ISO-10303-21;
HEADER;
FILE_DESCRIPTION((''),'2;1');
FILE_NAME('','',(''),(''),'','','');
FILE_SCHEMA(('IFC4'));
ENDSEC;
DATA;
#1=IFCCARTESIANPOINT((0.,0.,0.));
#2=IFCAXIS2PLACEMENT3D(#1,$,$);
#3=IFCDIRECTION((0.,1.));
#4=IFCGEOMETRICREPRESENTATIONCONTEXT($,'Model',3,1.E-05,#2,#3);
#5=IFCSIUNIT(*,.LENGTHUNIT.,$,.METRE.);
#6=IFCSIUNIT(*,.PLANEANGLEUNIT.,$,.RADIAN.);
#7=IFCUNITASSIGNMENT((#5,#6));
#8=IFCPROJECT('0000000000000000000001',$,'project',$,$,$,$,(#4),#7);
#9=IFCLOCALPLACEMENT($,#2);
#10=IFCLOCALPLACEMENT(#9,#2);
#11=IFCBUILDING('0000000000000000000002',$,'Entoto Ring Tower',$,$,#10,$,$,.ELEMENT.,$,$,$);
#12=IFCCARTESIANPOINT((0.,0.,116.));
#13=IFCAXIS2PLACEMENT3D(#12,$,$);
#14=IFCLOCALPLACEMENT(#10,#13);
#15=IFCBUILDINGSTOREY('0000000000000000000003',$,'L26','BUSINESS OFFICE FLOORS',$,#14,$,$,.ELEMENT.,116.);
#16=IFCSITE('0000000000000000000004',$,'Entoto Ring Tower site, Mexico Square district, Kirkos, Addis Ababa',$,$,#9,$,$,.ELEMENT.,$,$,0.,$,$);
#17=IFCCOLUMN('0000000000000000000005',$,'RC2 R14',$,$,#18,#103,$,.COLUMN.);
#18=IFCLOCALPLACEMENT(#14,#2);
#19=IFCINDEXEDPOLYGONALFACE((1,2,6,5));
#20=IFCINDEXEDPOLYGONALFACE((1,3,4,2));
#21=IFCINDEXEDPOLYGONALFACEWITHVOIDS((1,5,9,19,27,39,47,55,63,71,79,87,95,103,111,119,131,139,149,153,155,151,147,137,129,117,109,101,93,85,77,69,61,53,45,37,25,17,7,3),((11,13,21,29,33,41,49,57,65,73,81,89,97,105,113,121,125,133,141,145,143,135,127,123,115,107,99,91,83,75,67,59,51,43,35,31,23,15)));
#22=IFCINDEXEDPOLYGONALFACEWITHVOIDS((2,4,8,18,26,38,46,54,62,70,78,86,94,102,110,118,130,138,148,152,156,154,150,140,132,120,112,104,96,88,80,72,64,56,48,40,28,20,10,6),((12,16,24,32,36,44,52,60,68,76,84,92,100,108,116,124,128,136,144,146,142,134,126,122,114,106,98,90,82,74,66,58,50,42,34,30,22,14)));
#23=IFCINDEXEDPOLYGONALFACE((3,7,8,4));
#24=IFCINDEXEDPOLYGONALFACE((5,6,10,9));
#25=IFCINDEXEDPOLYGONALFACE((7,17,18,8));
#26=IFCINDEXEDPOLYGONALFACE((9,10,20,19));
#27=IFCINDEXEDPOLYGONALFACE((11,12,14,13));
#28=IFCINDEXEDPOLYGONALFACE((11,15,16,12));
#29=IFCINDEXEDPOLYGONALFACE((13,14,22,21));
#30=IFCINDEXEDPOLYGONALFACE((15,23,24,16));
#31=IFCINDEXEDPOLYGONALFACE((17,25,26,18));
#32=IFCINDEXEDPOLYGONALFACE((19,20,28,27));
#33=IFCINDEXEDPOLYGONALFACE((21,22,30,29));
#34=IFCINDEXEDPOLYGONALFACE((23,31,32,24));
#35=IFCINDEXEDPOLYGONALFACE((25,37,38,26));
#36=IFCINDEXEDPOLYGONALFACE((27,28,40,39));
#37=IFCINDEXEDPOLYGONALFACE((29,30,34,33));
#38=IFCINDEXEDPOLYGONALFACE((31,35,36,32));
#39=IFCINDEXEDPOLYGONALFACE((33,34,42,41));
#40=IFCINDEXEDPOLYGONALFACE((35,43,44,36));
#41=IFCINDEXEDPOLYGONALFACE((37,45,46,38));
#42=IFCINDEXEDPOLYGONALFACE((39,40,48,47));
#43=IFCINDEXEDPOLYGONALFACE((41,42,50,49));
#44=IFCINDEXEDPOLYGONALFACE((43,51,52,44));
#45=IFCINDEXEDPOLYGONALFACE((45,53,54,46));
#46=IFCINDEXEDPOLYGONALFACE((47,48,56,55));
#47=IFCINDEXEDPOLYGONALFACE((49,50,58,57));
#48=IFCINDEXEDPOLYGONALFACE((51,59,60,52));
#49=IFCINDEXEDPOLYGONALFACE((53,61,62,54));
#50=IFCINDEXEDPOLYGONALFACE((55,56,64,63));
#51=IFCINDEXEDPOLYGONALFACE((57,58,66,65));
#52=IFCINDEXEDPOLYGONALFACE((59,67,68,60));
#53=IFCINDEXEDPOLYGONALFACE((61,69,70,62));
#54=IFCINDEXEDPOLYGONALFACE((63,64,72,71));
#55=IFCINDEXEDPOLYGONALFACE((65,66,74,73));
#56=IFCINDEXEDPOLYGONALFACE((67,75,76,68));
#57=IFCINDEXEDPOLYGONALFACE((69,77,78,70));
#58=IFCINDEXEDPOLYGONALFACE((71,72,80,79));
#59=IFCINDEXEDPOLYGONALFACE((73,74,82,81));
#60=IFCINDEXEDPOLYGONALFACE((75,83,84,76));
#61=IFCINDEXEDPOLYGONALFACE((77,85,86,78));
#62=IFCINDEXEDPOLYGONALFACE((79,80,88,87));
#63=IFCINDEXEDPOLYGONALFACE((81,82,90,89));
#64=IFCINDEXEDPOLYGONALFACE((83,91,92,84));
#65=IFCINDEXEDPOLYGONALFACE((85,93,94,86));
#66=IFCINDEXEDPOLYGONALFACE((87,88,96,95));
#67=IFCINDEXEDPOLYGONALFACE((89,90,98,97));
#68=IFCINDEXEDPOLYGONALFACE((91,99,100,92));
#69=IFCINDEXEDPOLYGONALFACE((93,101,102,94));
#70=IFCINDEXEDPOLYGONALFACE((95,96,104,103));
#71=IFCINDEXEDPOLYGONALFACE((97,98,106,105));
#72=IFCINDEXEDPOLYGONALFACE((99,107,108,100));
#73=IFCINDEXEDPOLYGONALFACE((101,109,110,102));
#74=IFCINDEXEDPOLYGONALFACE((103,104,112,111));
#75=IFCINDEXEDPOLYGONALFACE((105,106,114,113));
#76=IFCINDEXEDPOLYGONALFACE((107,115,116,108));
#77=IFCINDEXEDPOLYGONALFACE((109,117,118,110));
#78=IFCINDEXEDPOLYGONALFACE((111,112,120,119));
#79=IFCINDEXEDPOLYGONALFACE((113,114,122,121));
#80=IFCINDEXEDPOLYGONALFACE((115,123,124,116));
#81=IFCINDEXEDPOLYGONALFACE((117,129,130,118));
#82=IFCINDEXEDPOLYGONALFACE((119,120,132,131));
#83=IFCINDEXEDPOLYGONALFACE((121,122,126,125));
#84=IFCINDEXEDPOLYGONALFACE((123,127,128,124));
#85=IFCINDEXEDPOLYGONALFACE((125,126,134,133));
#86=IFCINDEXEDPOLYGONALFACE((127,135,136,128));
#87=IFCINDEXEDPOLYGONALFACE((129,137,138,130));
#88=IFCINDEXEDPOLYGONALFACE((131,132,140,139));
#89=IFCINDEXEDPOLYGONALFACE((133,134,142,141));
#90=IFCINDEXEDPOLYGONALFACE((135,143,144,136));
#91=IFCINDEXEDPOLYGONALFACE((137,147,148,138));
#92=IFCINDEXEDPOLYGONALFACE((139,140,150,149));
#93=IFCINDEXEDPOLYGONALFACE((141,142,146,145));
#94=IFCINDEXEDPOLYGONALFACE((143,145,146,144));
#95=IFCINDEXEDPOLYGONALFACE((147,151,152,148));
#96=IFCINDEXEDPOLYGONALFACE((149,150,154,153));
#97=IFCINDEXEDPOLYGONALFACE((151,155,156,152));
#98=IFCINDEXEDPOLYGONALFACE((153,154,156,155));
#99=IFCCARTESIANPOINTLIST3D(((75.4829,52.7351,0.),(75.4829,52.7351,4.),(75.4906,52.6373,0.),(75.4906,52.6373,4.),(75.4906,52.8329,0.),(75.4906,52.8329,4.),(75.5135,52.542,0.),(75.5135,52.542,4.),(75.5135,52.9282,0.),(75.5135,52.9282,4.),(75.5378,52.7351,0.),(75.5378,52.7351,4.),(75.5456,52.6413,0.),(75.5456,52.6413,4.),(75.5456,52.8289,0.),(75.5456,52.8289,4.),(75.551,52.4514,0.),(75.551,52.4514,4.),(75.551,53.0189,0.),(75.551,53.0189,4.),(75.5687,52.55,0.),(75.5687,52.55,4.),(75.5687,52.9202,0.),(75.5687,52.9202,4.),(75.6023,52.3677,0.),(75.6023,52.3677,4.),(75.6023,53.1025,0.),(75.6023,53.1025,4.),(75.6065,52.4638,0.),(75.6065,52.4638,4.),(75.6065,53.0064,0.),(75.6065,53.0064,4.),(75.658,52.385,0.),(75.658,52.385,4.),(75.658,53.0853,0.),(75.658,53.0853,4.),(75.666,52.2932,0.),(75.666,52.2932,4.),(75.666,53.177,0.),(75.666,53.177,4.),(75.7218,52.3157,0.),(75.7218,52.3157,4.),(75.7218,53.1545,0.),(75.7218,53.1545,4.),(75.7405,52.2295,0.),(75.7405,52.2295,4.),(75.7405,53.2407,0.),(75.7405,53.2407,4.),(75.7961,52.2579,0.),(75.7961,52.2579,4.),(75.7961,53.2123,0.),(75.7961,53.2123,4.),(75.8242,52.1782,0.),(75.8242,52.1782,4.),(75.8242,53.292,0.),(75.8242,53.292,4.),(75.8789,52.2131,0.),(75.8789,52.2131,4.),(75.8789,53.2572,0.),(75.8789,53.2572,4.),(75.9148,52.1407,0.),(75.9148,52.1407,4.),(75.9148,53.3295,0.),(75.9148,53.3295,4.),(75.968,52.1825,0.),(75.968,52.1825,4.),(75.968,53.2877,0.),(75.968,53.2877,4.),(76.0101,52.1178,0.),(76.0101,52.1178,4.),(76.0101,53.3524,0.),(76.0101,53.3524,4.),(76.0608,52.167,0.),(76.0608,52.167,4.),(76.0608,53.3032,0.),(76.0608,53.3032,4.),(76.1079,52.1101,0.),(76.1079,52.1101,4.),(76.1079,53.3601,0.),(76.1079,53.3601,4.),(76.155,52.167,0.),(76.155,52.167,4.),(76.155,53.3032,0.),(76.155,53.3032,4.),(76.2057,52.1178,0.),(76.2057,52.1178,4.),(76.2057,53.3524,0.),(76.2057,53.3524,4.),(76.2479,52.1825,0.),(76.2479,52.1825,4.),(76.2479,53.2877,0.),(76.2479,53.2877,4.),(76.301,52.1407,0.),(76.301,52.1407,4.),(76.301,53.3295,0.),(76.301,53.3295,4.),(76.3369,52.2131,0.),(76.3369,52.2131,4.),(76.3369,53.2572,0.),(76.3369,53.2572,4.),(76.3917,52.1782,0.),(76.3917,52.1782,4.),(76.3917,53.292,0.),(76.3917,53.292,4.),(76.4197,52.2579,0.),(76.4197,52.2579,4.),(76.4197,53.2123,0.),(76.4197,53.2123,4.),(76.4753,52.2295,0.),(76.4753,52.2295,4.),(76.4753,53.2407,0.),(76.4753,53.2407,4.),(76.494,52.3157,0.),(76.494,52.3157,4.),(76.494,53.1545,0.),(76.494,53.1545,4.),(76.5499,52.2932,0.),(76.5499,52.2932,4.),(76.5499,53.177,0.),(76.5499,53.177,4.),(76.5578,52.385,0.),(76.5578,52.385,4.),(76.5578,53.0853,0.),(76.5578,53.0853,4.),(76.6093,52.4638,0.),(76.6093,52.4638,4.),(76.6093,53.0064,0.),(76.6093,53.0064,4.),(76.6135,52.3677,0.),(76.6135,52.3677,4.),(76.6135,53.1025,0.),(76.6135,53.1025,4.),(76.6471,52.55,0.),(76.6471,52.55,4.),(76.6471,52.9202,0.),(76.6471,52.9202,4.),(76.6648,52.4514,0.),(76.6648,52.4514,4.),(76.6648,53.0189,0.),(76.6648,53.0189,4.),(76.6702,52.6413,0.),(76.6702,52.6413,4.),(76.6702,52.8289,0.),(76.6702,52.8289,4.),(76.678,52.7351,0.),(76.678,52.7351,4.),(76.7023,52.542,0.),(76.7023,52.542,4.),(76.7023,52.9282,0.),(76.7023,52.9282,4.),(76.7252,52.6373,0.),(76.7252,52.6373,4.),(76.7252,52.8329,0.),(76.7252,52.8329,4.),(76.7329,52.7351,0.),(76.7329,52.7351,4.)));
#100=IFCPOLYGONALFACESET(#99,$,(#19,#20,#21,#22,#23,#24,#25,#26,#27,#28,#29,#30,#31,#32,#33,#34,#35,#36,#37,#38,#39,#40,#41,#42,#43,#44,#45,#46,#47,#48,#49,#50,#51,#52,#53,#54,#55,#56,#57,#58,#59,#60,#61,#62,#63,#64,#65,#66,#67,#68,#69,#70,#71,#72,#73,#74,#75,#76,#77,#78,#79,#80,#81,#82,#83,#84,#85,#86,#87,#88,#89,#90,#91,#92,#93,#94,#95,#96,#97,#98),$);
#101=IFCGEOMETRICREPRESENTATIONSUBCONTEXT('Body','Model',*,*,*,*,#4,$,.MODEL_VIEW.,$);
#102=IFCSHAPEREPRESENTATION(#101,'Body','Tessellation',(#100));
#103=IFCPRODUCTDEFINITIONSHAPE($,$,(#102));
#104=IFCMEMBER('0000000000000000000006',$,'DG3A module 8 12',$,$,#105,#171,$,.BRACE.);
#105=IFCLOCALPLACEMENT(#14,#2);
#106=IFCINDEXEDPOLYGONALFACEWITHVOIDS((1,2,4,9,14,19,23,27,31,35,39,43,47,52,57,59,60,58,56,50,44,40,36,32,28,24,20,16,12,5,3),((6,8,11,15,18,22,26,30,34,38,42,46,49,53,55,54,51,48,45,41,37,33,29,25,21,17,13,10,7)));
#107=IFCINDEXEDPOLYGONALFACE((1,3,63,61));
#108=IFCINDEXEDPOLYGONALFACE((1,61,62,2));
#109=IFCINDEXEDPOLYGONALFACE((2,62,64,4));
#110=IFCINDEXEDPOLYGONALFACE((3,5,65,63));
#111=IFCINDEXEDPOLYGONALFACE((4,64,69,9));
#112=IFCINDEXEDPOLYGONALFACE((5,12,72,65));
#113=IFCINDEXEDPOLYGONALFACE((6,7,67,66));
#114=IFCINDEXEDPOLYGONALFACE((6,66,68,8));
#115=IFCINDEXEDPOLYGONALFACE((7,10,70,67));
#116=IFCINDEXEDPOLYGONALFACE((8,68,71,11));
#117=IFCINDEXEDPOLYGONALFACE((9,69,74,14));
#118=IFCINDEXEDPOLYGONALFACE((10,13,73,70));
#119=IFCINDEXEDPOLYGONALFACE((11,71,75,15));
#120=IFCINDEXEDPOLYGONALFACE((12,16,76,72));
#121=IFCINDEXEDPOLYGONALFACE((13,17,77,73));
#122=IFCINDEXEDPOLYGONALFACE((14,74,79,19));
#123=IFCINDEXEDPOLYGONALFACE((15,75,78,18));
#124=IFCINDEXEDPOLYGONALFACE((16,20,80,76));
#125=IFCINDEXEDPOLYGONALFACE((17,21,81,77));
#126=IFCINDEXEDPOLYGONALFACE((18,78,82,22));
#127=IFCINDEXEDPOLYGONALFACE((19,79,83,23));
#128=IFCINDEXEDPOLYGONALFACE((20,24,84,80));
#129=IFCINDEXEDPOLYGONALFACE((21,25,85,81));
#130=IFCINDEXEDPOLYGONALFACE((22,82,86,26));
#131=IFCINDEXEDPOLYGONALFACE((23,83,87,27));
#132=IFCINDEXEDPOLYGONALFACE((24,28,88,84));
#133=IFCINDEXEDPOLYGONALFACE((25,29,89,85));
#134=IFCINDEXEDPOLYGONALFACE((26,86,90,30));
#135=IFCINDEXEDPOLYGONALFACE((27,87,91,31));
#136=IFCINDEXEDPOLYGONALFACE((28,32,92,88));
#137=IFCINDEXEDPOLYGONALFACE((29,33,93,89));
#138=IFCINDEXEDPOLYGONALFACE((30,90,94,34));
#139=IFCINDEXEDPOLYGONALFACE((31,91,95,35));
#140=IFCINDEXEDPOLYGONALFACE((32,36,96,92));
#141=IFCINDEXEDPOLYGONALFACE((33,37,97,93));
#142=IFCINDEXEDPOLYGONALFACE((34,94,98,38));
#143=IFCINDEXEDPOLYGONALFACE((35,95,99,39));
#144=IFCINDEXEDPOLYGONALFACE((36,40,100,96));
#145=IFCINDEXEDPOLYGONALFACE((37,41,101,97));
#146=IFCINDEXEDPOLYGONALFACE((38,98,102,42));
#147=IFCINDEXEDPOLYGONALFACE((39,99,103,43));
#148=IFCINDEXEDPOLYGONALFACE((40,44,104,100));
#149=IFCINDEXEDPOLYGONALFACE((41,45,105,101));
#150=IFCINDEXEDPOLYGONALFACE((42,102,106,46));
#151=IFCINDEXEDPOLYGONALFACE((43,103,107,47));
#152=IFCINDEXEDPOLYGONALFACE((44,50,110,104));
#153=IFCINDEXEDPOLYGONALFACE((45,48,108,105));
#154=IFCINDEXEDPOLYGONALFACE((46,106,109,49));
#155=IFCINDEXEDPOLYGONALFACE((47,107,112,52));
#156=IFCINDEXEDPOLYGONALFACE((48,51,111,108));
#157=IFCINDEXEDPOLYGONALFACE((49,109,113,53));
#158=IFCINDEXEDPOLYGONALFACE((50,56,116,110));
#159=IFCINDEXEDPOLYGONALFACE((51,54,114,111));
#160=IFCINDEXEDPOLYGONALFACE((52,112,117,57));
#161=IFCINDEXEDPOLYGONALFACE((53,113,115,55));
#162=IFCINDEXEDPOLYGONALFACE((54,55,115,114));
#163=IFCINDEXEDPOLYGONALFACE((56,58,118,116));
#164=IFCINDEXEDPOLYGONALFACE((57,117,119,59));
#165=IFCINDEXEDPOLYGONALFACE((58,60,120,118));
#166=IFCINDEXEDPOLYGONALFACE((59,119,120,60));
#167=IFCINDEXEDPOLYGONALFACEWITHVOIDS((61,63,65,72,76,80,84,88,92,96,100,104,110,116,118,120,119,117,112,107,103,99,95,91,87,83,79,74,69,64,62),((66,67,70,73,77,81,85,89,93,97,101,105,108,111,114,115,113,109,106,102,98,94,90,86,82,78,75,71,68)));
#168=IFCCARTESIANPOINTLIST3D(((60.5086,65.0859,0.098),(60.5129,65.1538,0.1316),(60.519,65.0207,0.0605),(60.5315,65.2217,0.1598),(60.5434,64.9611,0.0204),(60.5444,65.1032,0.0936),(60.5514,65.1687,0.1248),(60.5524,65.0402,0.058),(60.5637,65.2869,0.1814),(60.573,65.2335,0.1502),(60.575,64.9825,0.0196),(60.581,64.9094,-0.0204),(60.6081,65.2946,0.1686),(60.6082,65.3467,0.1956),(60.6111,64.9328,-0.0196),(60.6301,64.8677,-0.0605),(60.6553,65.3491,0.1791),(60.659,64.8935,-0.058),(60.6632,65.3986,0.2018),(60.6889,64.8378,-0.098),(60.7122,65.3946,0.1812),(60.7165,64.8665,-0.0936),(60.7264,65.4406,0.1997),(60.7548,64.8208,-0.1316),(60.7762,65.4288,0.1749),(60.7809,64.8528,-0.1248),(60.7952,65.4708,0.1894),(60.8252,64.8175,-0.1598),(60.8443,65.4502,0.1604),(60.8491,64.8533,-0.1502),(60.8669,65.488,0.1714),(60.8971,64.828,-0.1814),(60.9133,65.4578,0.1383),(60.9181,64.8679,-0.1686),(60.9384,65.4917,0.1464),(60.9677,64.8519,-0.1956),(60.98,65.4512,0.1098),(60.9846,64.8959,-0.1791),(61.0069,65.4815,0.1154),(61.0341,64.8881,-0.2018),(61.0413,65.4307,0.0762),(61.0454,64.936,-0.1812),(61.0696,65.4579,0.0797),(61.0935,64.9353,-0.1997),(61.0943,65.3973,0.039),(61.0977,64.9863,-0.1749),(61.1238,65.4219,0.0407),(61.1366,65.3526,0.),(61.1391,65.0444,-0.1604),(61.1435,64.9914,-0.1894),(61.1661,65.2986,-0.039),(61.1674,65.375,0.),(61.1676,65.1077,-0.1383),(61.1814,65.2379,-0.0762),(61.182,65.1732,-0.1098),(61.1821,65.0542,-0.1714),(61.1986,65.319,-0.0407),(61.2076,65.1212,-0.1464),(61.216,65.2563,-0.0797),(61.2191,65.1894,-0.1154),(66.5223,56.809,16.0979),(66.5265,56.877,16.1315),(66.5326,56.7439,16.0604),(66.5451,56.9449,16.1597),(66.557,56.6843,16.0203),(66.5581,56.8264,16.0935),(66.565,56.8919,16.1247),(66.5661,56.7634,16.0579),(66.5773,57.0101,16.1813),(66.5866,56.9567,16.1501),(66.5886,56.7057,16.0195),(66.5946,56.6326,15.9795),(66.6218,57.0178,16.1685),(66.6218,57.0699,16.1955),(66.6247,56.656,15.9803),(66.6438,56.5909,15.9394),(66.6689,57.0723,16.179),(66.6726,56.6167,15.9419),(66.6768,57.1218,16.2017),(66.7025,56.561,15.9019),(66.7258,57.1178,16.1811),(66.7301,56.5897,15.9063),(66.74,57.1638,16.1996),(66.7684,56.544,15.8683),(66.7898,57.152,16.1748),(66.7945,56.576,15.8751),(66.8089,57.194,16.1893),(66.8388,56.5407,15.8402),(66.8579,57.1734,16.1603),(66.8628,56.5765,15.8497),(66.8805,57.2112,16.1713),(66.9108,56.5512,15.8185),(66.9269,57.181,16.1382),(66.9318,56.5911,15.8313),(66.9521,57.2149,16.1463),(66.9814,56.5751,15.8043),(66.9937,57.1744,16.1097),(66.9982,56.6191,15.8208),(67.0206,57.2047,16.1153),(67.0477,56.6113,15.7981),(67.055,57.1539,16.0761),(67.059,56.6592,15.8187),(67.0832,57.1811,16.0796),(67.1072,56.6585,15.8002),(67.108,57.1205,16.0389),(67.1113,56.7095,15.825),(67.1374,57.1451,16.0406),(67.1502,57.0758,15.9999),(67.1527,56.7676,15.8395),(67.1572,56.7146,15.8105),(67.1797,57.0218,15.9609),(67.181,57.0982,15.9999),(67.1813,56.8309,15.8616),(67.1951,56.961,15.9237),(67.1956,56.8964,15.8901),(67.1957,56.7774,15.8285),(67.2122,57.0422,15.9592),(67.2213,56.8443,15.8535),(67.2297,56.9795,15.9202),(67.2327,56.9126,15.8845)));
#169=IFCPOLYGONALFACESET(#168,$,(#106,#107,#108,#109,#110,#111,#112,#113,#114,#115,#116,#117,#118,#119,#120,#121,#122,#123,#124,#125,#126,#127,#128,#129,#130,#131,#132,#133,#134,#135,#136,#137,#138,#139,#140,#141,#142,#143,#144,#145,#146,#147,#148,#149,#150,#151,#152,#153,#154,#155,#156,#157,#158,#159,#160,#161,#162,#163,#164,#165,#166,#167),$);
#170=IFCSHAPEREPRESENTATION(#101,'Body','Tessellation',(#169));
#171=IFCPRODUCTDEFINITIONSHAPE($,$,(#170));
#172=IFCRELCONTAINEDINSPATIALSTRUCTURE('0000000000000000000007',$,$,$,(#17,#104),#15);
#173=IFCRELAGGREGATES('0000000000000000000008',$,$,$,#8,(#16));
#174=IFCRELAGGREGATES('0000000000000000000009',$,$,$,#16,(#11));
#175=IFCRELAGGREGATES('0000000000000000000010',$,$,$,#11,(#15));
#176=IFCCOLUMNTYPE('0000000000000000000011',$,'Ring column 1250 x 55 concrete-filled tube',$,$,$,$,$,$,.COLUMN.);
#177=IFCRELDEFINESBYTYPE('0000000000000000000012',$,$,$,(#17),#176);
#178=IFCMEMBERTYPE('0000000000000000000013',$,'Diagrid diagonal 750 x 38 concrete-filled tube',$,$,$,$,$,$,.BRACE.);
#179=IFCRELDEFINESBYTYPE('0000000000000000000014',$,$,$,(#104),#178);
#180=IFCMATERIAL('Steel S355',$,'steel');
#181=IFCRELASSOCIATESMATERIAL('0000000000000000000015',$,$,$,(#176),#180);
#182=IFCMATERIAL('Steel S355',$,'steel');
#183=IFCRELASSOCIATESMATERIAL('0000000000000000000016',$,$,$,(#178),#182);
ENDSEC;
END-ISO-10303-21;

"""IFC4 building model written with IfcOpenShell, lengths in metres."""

from ifc_helpers import new_model, si_unit, direction, frame, origin, origin_2d, place, context, subcontext, project, spatial, circle, hollow_circle, extrude, material, material_profile, profile_set, type_object, element, save


model = new_model("IFC4")

# Units and contexts
model_context = context("Model", 3, precision=1e-05, world=origin(), true_north=direction((0.0, 1.0)))
body_context = subcontext(model_context, "Body", "Model", "MODEL_VIEW")
ifc_project = project(units=[si_unit("LENGTHUNIT", "METRE"), si_unit("PLANEANGLEUNIT", "RADIAN")], contexts=[model_context])

# Site, building, storey
site_placement = place(None, origin())
site = spatial("IfcSite", under=ifc_project, at=site_placement, Name="Entoto Ring Tower site, Mexico Square district, Kirkos, Addis Ababa", CompositionType="ELEMENT", RefElevation=0.0)
building_placement = place(site_placement, origin())
building = spatial("IfcBuilding", under=site, at=building_placement, Name="Entoto Ring Tower", CompositionType="ELEMENT")
storey_placement = place(building_placement, frame((0.0, 0.0, 116.0)))
storey = spatial("IfcBuildingStorey", under=building, at=storey_placement, Name="L26", Description="BUSINESS OFFICE FLOORS", CompositionType="ELEMENT", Elevation=116.0)

# Column
ifc_material_1 = material(Name="Steel S355", Category="steel")
ifc_material_profile_1 = material_profile(ifc_material_1, hollow_circle(Radius=0.625, WallThickness=0.0549, at=origin_2d()), Name="CHS 1250 x 55")
ifc_material_2 = material(Name="Concrete C60/75", Category="concrete")
ifc_material_profile_2 = material_profile(ifc_material_2, circle(Radius=0.5701, at=origin_2d()), Name="Concrete C60/75 infill")
ifc_profile_set_1 = profile_set([ifc_material_profile_1, ifc_material_profile_2], Name="Steel S355")
column_type = type_object("IfcColumnType", Name="Ring column 1250 x 55 concrete-filled tube", PredefinedType="COLUMN", material=ifc_profile_set_1)
for number, where, z_axis, x_axis, name in (
    (1, (76.1079, 52.7351, 0.0), (0.0, 0.0, 1.0), (1.0, 0.0, 0.0), "RC2 R14"),
):
    element("IfcColumn", number, at=place(storey_placement, frame(where, z_axis=z_axis, x_axis=x_axis)), inside=storey, type_object=column_type, Name=name, PredefinedType="COLUMN", context=body_context, shape_type="SweptSolid", body=[
        extrude(hollow_circle(Radius=0.625, WallThickness=0.0549, at=origin_2d()), origin(), (0.0, 0.0, 1.0), 4.0),
    ])

# Member
ifc_material_3 = material(Name="Steel S355", Category="steel")
ifc_material_profile_3 = material_profile(ifc_material_3, hollow_circle(Radius=0.375, WallThickness=0.0381, at=origin_2d()), Name="CHS 750 x 38")
ifc_material_4 = material(Name="Concrete C60/75", Category="concrete")
ifc_material_profile_4 = material_profile(ifc_material_4, circle(Radius=0.3369, at=origin_2d()), Name="Concrete C60/75 infill")
ifc_profile_set_2 = profile_set([ifc_material_profile_3, ifc_material_profile_4], Name="Steel S355")
member_type_1 = type_object("IfcMemberType", Name="Diagrid diagonal 750 x 38 concrete-filled tube", PredefinedType="BRACE", material=ifc_profile_set_2)
for number, where, z_axis, x_axis, name in (
    (2, (60.864, 65.1545, 0.0), (0.316654, -0.435823, 0.84249), (0.809008, 0.587797, 0.0), "DG3A module 8 12"),
):
    element("IfcMember", number, at=place(storey_placement, frame(where, z_axis=z_axis, x_axis=x_axis)), inside=storey, type_object=member_type_1, Name=name, PredefinedType="BRACE", context=body_context, shape_type="SweptSolid", body=[
        extrude(hollow_circle(Radius=0.375, WallThickness=0.0381, at=origin_2d()), origin(), (0.0, 0.0, 1.0), 18.9912),
    ])

save(model, "model.ifc")
